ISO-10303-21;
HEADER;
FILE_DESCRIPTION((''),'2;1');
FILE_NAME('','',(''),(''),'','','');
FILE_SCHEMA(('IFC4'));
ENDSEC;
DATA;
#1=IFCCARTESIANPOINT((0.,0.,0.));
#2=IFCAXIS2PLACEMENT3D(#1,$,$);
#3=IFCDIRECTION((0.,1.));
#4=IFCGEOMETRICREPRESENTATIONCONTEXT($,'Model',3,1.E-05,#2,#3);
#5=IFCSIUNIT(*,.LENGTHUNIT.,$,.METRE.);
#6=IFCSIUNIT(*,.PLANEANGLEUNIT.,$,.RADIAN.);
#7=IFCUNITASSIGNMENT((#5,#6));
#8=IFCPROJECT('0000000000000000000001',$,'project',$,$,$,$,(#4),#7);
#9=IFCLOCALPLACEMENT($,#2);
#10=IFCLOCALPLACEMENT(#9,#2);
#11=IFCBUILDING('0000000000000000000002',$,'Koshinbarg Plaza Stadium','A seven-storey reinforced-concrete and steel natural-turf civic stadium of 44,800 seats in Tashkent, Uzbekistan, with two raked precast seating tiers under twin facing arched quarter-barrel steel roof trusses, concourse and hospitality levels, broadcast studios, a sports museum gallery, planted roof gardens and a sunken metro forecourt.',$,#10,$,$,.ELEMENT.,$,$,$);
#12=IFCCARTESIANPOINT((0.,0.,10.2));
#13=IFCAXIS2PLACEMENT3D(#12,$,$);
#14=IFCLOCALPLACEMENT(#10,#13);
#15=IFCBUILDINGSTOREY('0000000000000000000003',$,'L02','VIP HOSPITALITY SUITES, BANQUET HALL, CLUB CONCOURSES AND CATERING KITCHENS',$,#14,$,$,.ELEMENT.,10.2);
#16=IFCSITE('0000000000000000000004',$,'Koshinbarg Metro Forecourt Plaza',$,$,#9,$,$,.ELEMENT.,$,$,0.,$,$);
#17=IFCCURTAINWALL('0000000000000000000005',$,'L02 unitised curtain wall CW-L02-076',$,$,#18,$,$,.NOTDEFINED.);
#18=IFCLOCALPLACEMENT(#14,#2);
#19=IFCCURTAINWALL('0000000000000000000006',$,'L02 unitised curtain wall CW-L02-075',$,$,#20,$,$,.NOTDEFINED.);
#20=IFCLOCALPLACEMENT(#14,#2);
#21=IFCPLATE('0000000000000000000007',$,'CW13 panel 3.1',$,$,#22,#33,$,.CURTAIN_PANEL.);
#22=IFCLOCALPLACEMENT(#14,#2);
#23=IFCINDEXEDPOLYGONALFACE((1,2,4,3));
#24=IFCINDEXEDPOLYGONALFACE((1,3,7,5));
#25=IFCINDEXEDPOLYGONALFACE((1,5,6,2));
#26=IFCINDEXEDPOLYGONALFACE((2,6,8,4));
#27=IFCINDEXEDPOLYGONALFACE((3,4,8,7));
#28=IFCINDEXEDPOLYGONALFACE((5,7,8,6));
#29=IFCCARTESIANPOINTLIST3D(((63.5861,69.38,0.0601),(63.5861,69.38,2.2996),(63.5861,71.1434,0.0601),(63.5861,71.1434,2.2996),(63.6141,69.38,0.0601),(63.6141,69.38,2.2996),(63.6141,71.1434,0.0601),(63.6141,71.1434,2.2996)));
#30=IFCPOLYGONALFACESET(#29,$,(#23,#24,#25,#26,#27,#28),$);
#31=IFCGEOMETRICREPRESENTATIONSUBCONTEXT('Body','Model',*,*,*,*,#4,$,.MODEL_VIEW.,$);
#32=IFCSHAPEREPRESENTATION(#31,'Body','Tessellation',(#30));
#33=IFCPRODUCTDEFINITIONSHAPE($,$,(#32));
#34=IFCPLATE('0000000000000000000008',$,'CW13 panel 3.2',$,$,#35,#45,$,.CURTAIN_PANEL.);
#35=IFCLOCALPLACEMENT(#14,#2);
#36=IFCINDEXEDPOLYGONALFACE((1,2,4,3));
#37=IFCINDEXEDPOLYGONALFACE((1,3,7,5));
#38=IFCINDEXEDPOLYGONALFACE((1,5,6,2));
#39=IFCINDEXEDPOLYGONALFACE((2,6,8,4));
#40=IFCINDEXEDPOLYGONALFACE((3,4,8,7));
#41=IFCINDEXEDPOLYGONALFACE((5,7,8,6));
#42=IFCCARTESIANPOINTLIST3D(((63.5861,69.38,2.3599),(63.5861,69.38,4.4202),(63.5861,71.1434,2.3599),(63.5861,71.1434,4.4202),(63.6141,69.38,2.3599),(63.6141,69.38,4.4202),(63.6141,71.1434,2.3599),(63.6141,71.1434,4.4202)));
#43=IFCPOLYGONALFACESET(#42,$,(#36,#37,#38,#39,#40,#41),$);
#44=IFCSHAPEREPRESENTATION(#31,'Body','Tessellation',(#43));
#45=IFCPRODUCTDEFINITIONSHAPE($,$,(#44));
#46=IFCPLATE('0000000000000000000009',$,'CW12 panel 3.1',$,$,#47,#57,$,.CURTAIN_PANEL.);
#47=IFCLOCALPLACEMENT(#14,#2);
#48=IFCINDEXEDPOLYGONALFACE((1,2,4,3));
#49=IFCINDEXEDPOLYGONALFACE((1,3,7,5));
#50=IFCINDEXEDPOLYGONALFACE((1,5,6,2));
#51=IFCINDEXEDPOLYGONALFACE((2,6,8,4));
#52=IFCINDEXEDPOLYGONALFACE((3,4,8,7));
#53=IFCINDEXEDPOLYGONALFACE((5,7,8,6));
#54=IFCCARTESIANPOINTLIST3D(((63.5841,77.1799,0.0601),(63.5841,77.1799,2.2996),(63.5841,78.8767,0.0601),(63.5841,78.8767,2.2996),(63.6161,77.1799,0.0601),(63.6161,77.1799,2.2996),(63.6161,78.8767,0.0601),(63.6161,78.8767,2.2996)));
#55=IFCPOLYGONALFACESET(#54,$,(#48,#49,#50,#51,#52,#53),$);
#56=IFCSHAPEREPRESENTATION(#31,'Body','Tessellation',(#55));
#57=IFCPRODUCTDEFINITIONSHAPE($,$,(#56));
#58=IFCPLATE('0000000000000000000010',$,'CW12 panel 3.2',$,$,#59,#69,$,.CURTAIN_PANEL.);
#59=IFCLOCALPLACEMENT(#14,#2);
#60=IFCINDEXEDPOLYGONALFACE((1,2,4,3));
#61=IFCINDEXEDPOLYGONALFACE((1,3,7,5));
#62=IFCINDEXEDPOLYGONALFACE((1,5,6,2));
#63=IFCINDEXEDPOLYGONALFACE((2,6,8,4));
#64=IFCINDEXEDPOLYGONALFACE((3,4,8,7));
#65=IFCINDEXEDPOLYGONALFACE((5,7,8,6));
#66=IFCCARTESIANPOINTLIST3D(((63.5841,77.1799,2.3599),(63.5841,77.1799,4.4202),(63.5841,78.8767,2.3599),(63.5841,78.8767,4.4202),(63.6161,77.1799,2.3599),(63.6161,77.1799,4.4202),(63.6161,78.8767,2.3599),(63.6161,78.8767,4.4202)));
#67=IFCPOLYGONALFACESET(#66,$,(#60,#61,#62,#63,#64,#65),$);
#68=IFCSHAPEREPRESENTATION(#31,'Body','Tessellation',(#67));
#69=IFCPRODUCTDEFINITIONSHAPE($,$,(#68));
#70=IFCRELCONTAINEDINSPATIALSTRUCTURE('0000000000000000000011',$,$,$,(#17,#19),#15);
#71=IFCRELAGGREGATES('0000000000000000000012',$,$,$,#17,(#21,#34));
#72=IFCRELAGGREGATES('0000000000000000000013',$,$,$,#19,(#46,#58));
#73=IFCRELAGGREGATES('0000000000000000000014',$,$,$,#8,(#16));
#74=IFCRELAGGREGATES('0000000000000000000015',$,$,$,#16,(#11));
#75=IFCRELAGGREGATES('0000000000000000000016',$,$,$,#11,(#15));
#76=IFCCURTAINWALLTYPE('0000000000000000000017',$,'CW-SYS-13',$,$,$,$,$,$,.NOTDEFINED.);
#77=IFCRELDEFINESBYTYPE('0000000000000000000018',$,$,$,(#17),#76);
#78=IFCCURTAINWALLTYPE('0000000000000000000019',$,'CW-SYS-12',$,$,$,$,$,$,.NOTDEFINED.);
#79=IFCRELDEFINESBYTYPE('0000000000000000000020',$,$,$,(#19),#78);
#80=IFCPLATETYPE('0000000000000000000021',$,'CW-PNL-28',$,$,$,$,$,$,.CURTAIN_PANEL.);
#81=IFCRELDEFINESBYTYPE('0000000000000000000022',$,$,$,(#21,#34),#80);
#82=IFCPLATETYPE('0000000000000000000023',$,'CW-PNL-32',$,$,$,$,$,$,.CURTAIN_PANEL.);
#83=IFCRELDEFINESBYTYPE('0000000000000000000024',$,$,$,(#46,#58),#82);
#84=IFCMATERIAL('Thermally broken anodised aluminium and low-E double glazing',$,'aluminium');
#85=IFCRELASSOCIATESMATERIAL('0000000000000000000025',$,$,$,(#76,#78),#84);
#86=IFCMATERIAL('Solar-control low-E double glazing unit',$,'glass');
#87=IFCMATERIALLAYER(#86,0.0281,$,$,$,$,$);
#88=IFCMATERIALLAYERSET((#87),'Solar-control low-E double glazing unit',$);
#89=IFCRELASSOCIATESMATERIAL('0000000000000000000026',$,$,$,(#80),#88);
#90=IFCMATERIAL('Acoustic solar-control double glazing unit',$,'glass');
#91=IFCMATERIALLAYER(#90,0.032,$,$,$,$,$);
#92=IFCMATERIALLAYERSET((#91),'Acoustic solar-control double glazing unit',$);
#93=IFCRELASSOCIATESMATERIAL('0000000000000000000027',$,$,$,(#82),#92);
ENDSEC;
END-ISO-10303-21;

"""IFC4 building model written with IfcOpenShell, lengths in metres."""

from ifc_helpers import new_model, si_unit, direction, frame, origin, origin_2d, place, context, subcontext, project, spatial, rectangle, extrude, material, layer, layer_set, type_object, element, aggregate, save


model = new_model("IFC4")

# Units and contexts
model_context = context("Model", 3, precision=1e-05, world=origin(), true_north=direction((0.0, 1.0)))
body_context = subcontext(model_context, "Body", "Model", "MODEL_VIEW")
ifc_project = project(units=[si_unit("LENGTHUNIT", "METRE"), si_unit("PLANEANGLEUNIT", "RADIAN")], contexts=[model_context])

# Site, building, storey
site_placement = place(None, origin())
site = spatial("IfcSite", under=ifc_project, at=site_placement, Name="Koshinbarg Metro Forecourt Plaza", CompositionType="ELEMENT", RefElevation=0.0)
building_placement = place(site_placement, origin())
building = spatial("IfcBuilding", under=site, at=building_placement, Name="Koshinbarg Plaza Stadium", Description="A seven-storey reinforced-concrete and steel natural-turf civic stadium of 44,800 seats in Tashkent, Uzbekistan, with two raked precast seating tiers under twin facing arched quarter-barrel steel roof trusses, concourse and hospitality levels, broadcast studios, a sports museum gallery, planted roof gardens and a sunken metro forecourt.", CompositionType="ELEMENT")
storey_placement = place(building_placement, frame((0.0, 0.0, 10.2)))
storey = spatial("IfcBuildingStorey", under=building, at=storey_placement, Name="L02", Description="VIP HOSPITALITY SUITES, BANQUET HALL, CLUB CONCOURSES AND CATERING KITCHENS", CompositionType="ELEMENT", Elevation=10.2)

# Curtain wall
ifc_material_1 = material(Name="Thermally broken anodised aluminium and low-E double glazing", Category="aluminium")
curtain_wall_type_1 = type_object("IfcCurtainWallType", Name="CW-SYS-13", PredefinedType="NOTDEFINED", material=ifc_material_1)
curtain_wall_1_placement = place(storey_placement, origin())
curtain_wall_1 = element("IfcCurtainWall", 1, at=curtain_wall_1_placement, inside=storey, type_object=curtain_wall_type_1, Name="L02 unitised curtain wall CW-L02-076", PredefinedType="NOTDEFINED")

# Curtain wall
curtain_wall_type_2 = type_object("IfcCurtainWallType", Name="CW-SYS-12", PredefinedType="NOTDEFINED", material=ifc_material_1)
curtain_wall_2_placement = place(storey_placement, origin())
curtain_wall_2 = element("IfcCurtainWall", 2, at=curtain_wall_2_placement, inside=storey, type_object=curtain_wall_type_2, Name="L02 unitised curtain wall CW-L02-075", PredefinedType="NOTDEFINED")

# Plates
ifc_material_2 = material(Name="Solar-control low-E double glazing unit", Category="glass")
ifc_layer_1 = layer(ifc_material_2, 0.0281)
ifc_layer_set_1 = layer_set([ifc_layer_1], Name="Solar-control low-E double glazing unit")
plate_type_1 = type_object("IfcPlateType", Name="CW-PNL-28", PredefinedType="CURTAIN_PANEL", material=ifc_layer_set_1)
plate_1_placement = place(storey_placement, frame((63.6001, 70.2617, 0.0601), z_axis=(0.0, 0.0, 1.0), x_axis=(0.0, -1.0, 0.0)))
plate_1 = element("IfcPlate", 3, at=plate_1_placement, type_object=plate_type_1, Name="CW13 panel 3.1", PredefinedType="CURTAIN_PANEL", context=body_context, shape_type="SweptSolid", body=[
    extrude(rectangle(XDim=1.7634, YDim=0.0281, at=origin_2d()), origin(), (0.0, 0.0, 1.0), 2.2395),
])
plate_2_placement = place(storey_placement, frame((63.6001, 70.2617, 2.3599), z_axis=(0.0, 0.0, 1.0), x_axis=(0.0, -1.0, 0.0)))
plate_2 = element("IfcPlate", 4, at=plate_2_placement, type_object=plate_type_1, Name="CW13 panel 3.2", PredefinedType="CURTAIN_PANEL", context=body_context, shape_type="SweptSolid", body=[
    extrude(rectangle(XDim=1.7634, YDim=0.0281, at=origin_2d()), origin(), (0.0, 0.0, 1.0), 2.0603),
])
aggregate(curtain_wall_1, [plate_1, plate_2])
ifc_material_3 = material(Name="Acoustic solar-control double glazing unit", Category="glass")
ifc_layer_2 = layer(ifc_material_3, 0.032)
ifc_layer_set_2 = layer_set([ifc_layer_2], Name="Acoustic solar-control double glazing unit")
plate_type_2 = type_object("IfcPlateType", Name="CW-PNL-32", PredefinedType="CURTAIN_PANEL", material=ifc_layer_set_2)
plate_3_placement = place(storey_placement, frame((63.6001, 78.0283, 0.0601), z_axis=(0.0, 0.0, 1.0), x_axis=(0.0, -1.0, 0.0)))
plate_3 = element("IfcPlate", 5, at=plate_3_placement, type_object=plate_type_2, Name="CW12 panel 3.1", PredefinedType="CURTAIN_PANEL", context=body_context, shape_type="SweptSolid", body=[
    extrude(rectangle(XDim=1.6968, YDim=0.032, at=origin_2d()), origin(), (0.0, 0.0, 1.0), 2.2395),
])
plate_4_placement = place(storey_placement, frame((63.6001, 78.0283, 2.3599), z_axis=(0.0, 0.0, 1.0), x_axis=(0.0, -1.0, 0.0)))
plate_4 = element("IfcPlate", 6, at=plate_4_placement, type_object=plate_type_2, Name="CW12 panel 3.2", PredefinedType="CURTAIN_PANEL", context=body_context, shape_type="SweptSolid", body=[
    extrude(rectangle(XDim=1.6968, YDim=0.032, at=origin_2d()), origin(), (0.0, 0.0, 1.0), 2.0603),
])
aggregate(curtain_wall_2, [plate_3, plate_4])

save(model, "model.ifc")
